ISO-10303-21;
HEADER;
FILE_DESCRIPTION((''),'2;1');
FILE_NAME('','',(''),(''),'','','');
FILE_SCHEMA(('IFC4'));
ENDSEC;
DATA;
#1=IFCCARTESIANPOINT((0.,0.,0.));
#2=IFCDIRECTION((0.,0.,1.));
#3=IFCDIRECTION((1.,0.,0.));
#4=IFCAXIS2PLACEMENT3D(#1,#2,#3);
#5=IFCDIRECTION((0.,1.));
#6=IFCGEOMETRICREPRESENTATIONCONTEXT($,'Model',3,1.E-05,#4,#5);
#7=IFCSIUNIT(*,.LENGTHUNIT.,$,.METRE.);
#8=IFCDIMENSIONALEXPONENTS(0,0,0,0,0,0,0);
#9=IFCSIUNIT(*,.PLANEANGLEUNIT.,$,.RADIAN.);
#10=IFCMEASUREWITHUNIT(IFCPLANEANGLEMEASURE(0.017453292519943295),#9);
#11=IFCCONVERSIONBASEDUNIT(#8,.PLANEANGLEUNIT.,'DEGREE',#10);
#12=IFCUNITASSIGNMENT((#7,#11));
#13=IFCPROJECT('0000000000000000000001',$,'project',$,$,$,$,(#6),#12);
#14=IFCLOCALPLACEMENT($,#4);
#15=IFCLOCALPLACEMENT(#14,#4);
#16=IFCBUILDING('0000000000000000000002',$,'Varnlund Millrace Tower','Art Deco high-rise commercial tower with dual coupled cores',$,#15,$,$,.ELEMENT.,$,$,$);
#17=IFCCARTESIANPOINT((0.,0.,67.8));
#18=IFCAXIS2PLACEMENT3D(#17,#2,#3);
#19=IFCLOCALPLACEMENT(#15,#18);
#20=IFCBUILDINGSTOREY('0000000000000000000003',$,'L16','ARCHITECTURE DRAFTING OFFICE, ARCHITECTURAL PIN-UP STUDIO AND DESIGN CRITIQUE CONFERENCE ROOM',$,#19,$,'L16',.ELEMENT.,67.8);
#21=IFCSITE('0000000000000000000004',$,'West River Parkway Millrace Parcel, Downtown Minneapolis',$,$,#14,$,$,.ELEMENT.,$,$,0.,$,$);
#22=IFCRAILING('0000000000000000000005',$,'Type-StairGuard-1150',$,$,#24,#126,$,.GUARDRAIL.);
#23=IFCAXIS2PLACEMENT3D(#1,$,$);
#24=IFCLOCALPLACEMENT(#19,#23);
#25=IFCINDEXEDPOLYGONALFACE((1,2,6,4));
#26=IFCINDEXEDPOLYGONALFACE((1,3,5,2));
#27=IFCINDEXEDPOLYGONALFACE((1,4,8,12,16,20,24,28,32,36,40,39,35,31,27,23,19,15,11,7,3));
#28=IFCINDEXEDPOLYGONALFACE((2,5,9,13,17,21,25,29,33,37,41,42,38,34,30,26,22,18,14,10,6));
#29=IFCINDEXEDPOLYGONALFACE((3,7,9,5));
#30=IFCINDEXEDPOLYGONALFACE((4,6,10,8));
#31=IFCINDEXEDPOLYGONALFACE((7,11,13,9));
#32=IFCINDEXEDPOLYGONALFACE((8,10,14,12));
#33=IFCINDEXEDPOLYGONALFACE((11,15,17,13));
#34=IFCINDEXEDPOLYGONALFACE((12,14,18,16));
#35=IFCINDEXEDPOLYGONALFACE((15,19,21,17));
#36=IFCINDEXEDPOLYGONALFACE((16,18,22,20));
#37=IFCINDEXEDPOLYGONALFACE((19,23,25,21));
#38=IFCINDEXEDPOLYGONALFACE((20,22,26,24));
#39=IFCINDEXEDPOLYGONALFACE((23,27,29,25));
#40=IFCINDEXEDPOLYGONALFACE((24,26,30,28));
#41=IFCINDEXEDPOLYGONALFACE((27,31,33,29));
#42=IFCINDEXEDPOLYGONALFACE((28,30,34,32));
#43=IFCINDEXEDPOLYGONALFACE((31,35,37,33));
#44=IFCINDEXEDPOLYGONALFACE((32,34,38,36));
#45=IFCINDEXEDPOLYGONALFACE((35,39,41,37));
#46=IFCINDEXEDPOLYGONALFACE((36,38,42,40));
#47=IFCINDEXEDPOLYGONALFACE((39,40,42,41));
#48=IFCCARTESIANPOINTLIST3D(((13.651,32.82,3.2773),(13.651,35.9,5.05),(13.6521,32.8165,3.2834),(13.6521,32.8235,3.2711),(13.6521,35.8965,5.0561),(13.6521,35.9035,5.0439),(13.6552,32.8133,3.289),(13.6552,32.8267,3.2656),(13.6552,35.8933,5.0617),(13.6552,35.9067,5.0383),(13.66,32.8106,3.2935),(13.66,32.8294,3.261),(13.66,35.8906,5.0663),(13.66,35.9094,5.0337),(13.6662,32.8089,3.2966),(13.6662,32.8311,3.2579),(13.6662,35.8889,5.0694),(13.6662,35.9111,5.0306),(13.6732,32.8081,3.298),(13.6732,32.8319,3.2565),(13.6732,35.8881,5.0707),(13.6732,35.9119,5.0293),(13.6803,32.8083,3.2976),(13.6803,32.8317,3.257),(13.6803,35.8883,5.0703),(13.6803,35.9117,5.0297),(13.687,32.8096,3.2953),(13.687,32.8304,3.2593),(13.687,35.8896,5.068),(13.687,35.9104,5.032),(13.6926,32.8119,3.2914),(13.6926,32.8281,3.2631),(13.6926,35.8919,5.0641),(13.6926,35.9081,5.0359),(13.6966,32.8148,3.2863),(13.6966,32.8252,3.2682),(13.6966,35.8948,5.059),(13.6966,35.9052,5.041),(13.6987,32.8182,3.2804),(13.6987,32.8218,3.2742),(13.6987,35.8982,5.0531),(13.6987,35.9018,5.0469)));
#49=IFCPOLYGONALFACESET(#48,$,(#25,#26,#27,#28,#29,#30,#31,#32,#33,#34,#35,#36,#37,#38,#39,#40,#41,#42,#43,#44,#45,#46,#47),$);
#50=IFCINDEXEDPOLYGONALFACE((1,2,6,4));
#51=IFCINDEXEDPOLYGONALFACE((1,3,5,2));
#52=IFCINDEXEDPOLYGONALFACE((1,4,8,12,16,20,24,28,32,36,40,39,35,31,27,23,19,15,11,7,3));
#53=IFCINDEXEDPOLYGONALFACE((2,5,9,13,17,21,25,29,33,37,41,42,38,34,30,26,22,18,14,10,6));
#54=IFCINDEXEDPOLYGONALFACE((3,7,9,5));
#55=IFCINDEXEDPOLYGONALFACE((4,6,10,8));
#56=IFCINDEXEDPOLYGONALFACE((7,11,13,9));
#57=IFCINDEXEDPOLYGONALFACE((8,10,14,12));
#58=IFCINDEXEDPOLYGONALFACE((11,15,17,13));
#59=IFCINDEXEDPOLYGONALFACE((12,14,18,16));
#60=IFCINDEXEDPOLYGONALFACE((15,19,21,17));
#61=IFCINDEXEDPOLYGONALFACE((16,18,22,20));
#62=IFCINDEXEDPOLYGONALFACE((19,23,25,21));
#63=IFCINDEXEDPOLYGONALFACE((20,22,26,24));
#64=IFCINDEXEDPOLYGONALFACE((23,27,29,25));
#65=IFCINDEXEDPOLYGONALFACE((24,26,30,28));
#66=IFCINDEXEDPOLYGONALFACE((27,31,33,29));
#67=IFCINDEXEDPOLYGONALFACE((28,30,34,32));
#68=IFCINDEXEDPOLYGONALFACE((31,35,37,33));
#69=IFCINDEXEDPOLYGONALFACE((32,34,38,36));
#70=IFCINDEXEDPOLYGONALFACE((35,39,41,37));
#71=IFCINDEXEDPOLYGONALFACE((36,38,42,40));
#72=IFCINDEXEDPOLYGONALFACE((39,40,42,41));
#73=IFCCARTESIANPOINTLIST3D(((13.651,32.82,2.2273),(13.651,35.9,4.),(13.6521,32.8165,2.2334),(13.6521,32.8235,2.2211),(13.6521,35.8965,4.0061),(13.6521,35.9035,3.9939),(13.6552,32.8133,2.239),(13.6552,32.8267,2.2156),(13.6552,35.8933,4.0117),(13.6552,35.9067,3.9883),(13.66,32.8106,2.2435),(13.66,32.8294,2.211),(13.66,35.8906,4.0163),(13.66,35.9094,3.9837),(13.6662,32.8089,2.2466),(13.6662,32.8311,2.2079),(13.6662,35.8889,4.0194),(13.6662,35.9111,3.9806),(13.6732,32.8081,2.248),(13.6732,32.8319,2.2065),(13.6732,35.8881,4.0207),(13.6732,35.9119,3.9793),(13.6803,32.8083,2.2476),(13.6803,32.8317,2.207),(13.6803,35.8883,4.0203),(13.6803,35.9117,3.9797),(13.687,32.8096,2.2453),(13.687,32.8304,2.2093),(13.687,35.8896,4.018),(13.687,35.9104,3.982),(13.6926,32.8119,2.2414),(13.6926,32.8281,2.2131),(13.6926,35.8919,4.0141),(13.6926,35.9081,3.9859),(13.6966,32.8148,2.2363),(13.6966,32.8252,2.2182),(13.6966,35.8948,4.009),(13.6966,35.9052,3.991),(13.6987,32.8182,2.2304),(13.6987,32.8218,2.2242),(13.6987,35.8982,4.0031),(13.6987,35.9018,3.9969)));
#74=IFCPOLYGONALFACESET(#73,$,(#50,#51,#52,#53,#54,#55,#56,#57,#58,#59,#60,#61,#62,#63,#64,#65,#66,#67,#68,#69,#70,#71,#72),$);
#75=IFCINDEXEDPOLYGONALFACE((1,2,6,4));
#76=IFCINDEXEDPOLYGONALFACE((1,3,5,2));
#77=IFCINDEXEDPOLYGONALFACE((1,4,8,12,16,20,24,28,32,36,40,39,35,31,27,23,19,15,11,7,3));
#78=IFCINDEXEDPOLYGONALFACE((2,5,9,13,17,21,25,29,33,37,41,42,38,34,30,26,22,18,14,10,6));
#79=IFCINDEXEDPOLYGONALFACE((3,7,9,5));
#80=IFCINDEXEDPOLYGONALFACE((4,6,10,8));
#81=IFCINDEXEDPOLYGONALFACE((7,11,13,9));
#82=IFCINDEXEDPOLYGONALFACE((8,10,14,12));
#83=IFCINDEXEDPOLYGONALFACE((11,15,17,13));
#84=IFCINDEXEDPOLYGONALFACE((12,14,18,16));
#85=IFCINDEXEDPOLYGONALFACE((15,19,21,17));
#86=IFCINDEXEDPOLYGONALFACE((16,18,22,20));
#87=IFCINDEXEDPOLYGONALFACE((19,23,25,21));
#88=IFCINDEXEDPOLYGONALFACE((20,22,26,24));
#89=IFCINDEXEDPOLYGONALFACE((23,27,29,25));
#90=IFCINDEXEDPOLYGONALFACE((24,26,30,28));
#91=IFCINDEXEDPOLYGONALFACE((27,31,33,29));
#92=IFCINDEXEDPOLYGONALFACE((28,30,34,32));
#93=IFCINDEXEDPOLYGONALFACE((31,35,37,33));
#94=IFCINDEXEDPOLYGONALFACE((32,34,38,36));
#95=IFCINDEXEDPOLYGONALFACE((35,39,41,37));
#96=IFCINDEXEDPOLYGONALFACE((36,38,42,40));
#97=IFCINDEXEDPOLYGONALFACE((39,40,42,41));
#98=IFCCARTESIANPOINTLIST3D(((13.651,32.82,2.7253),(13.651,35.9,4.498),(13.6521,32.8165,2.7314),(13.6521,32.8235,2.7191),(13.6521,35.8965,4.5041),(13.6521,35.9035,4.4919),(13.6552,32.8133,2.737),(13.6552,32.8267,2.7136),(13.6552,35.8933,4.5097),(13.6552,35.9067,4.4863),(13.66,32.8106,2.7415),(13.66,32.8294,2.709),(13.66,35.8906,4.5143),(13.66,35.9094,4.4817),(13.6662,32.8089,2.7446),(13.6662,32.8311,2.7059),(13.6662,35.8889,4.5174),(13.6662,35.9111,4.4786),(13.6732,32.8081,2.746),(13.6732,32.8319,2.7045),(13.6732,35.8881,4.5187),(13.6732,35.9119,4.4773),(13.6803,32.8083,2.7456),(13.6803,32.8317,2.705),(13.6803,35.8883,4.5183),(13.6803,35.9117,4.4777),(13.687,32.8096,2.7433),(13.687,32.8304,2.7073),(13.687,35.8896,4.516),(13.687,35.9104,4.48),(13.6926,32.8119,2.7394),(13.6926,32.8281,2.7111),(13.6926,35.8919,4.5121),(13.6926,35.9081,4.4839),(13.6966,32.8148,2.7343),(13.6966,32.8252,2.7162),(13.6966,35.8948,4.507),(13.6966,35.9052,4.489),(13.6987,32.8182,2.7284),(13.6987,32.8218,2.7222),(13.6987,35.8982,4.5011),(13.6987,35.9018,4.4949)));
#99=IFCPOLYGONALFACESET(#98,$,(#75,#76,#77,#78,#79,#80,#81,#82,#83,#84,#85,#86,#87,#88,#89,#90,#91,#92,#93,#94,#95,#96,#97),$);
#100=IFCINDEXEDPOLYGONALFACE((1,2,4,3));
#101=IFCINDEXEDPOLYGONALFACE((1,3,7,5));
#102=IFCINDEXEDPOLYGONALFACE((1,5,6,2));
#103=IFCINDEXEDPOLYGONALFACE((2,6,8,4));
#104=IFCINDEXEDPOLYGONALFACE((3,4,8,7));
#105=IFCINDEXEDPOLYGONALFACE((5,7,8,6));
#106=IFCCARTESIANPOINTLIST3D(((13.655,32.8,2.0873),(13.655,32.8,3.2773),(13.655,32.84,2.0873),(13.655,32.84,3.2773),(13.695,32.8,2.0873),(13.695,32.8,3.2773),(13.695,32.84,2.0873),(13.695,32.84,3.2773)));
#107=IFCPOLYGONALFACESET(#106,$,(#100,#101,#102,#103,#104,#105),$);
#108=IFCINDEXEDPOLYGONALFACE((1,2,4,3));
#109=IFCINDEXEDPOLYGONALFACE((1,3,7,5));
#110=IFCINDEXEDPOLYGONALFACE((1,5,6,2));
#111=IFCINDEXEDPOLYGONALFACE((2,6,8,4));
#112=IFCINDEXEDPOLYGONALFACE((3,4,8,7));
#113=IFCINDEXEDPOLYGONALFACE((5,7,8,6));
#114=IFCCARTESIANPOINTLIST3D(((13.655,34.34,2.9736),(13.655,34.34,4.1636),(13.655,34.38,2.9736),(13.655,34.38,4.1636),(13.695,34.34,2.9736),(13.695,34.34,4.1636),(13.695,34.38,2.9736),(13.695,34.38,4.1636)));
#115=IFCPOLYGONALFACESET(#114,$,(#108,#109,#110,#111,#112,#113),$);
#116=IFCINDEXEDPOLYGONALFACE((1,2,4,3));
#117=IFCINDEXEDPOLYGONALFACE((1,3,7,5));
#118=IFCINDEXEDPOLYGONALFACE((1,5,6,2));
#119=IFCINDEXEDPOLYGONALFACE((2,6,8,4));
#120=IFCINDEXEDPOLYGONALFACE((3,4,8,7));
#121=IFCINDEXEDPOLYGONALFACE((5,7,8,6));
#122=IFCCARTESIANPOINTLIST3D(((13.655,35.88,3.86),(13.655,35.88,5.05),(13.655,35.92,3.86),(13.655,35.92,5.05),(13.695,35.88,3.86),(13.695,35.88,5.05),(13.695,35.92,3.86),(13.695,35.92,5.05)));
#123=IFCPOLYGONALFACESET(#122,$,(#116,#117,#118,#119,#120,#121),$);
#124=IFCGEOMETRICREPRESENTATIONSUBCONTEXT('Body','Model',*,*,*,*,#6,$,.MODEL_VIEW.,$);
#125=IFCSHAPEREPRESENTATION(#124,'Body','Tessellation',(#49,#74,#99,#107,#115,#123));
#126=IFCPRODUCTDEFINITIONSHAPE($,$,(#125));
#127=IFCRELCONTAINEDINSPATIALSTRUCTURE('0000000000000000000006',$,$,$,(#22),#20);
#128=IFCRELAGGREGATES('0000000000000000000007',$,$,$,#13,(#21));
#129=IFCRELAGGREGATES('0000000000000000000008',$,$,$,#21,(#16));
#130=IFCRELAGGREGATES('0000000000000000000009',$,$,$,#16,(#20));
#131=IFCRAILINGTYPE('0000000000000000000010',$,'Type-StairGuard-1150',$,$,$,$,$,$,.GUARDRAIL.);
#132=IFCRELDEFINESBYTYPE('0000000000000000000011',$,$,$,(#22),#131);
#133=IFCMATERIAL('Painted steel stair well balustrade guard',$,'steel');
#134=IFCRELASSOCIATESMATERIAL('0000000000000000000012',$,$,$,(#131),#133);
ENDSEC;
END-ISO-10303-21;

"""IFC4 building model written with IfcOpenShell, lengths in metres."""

from ifc_helpers import new_model, entity, si_unit, converted_unit, direction, frame, origin_with_axes, origin_2d_with_axis, place, context, subcontext, project, spatial, rectangle, circle, extrude, material, type_object, element, save


model = new_model("IFC4")

# Units and contexts
model_context = context("Model", 3, precision=1e-05, world=origin_with_axes(), true_north=direction((0.0, 1.0)))
body_context = subcontext(model_context, "Body", "Model", "MODEL_VIEW")
ifc_project = project(units=[si_unit("LENGTHUNIT", "METRE"), converted_unit("PLANEANGLEUNIT", "DEGREE", entity("IfcPlaneAngleMeasure", 0.017453292519943295), si_unit("PLANEANGLEUNIT", "RADIAN"), dimensions=[0, 0, 0, 0, 0, 0, 0])], contexts=[model_context])

# Site, building, storey
site_placement = place(None, origin_with_axes())
site = spatial("IfcSite", under=ifc_project, at=site_placement, Name="West River Parkway Millrace Parcel, Downtown Minneapolis", CompositionType="ELEMENT", RefElevation=0.0)
building_placement = place(site_placement, origin_with_axes())
building = spatial("IfcBuilding", under=site, at=building_placement, Name="Varnlund Millrace Tower", Description="Art Deco high-rise commercial tower with dual coupled cores", CompositionType="ELEMENT")
storey_placement = place(building_placement, frame((0.0, 0.0, 67.8), z_axis=(0.0, 0.0, 1.0), x_axis=(1.0, 0.0, 0.0)))
storey = spatial("IfcBuildingStorey", under=building, at=storey_placement, Name="L16", Description="ARCHITECTURE DRAFTING OFFICE, ARCHITECTURAL PIN-UP STUDIO AND DESIGN CRITIQUE CONFERENCE ROOM", LongName="L16", CompositionType="ELEMENT", Elevation=67.8)

# Railing
ifc_material_1 = material(Name="Painted steel stair well balustrade guard", Category="steel")
railing_type_1 = type_object("IfcRailingType", Name="Type-StairGuard-1150", PredefinedType="GUARDRAIL", material=ifc_material_1)
railing_1_placement = place(storey_placement, frame((0.0, 0.0, -67.8), z_axis=(0.0, 0.0, 1.0), x_axis=(1.0, 0.0, 0.0)))
element("IfcRailing", 1, at=railing_1_placement, inside=storey, type_object=railing_type_1, Name="Type-StairGuard-1150", PredefinedType="GUARDRAIL", context=body_context, shape_type="SweptSolid", body=[
    extrude(circle(Radius=0.024, at=origin_2d_with_axis()), frame((13.675, 32.82, 71.0773), z_axis=(0.0, 0.866696, 0.498836), x_axis=(-1.0, 0.0, 0.0)), (0.0, 0.0, 1.0), 3.5537),
    extrude(circle(Radius=0.024, at=origin_2d_with_axis()), frame((13.675, 32.82, 70.0273), z_axis=(0.0, 0.866696, 0.498836), x_axis=(-1.0, 0.0, 0.0)), (0.0, 0.0, 1.0), 3.5537),
    extrude(circle(Radius=0.024, at=origin_2d_with_axis()), frame((13.675, 32.82, 70.5253), z_axis=(0.0, 0.866696, 0.498836), x_axis=(-1.0, 0.0, 0.0)), (0.0, 0.0, 1.0), 3.5537),
    extrude(rectangle(XDim=0.04, YDim=0.04, at=origin_2d_with_axis()), frame((13.675, 32.82, 69.8873), z_axis=(0.0, 0.0, 1.0), x_axis=(1.0, 0.0, 0.0)), (0.0, 0.0, 1.0), 1.19),
    extrude(rectangle(XDim=0.04, YDim=0.04, at=origin_2d_with_axis()), frame((13.675, 34.36, 70.7736), z_axis=(0.0, 0.0, 1.0), x_axis=(1.0, 0.0, 0.0)), (0.0, 0.0, 1.0), 1.19),
    extrude(rectangle(XDim=0.04, YDim=0.04, at=origin_2d_with_axis()), frame((13.675, 35.9, 71.66), z_axis=(0.0, 0.0, 1.0), x_axis=(1.0, 0.0, 0.0)), (0.0, 0.0, 1.0), 1.19),
])

save(model, "model.ifc")
